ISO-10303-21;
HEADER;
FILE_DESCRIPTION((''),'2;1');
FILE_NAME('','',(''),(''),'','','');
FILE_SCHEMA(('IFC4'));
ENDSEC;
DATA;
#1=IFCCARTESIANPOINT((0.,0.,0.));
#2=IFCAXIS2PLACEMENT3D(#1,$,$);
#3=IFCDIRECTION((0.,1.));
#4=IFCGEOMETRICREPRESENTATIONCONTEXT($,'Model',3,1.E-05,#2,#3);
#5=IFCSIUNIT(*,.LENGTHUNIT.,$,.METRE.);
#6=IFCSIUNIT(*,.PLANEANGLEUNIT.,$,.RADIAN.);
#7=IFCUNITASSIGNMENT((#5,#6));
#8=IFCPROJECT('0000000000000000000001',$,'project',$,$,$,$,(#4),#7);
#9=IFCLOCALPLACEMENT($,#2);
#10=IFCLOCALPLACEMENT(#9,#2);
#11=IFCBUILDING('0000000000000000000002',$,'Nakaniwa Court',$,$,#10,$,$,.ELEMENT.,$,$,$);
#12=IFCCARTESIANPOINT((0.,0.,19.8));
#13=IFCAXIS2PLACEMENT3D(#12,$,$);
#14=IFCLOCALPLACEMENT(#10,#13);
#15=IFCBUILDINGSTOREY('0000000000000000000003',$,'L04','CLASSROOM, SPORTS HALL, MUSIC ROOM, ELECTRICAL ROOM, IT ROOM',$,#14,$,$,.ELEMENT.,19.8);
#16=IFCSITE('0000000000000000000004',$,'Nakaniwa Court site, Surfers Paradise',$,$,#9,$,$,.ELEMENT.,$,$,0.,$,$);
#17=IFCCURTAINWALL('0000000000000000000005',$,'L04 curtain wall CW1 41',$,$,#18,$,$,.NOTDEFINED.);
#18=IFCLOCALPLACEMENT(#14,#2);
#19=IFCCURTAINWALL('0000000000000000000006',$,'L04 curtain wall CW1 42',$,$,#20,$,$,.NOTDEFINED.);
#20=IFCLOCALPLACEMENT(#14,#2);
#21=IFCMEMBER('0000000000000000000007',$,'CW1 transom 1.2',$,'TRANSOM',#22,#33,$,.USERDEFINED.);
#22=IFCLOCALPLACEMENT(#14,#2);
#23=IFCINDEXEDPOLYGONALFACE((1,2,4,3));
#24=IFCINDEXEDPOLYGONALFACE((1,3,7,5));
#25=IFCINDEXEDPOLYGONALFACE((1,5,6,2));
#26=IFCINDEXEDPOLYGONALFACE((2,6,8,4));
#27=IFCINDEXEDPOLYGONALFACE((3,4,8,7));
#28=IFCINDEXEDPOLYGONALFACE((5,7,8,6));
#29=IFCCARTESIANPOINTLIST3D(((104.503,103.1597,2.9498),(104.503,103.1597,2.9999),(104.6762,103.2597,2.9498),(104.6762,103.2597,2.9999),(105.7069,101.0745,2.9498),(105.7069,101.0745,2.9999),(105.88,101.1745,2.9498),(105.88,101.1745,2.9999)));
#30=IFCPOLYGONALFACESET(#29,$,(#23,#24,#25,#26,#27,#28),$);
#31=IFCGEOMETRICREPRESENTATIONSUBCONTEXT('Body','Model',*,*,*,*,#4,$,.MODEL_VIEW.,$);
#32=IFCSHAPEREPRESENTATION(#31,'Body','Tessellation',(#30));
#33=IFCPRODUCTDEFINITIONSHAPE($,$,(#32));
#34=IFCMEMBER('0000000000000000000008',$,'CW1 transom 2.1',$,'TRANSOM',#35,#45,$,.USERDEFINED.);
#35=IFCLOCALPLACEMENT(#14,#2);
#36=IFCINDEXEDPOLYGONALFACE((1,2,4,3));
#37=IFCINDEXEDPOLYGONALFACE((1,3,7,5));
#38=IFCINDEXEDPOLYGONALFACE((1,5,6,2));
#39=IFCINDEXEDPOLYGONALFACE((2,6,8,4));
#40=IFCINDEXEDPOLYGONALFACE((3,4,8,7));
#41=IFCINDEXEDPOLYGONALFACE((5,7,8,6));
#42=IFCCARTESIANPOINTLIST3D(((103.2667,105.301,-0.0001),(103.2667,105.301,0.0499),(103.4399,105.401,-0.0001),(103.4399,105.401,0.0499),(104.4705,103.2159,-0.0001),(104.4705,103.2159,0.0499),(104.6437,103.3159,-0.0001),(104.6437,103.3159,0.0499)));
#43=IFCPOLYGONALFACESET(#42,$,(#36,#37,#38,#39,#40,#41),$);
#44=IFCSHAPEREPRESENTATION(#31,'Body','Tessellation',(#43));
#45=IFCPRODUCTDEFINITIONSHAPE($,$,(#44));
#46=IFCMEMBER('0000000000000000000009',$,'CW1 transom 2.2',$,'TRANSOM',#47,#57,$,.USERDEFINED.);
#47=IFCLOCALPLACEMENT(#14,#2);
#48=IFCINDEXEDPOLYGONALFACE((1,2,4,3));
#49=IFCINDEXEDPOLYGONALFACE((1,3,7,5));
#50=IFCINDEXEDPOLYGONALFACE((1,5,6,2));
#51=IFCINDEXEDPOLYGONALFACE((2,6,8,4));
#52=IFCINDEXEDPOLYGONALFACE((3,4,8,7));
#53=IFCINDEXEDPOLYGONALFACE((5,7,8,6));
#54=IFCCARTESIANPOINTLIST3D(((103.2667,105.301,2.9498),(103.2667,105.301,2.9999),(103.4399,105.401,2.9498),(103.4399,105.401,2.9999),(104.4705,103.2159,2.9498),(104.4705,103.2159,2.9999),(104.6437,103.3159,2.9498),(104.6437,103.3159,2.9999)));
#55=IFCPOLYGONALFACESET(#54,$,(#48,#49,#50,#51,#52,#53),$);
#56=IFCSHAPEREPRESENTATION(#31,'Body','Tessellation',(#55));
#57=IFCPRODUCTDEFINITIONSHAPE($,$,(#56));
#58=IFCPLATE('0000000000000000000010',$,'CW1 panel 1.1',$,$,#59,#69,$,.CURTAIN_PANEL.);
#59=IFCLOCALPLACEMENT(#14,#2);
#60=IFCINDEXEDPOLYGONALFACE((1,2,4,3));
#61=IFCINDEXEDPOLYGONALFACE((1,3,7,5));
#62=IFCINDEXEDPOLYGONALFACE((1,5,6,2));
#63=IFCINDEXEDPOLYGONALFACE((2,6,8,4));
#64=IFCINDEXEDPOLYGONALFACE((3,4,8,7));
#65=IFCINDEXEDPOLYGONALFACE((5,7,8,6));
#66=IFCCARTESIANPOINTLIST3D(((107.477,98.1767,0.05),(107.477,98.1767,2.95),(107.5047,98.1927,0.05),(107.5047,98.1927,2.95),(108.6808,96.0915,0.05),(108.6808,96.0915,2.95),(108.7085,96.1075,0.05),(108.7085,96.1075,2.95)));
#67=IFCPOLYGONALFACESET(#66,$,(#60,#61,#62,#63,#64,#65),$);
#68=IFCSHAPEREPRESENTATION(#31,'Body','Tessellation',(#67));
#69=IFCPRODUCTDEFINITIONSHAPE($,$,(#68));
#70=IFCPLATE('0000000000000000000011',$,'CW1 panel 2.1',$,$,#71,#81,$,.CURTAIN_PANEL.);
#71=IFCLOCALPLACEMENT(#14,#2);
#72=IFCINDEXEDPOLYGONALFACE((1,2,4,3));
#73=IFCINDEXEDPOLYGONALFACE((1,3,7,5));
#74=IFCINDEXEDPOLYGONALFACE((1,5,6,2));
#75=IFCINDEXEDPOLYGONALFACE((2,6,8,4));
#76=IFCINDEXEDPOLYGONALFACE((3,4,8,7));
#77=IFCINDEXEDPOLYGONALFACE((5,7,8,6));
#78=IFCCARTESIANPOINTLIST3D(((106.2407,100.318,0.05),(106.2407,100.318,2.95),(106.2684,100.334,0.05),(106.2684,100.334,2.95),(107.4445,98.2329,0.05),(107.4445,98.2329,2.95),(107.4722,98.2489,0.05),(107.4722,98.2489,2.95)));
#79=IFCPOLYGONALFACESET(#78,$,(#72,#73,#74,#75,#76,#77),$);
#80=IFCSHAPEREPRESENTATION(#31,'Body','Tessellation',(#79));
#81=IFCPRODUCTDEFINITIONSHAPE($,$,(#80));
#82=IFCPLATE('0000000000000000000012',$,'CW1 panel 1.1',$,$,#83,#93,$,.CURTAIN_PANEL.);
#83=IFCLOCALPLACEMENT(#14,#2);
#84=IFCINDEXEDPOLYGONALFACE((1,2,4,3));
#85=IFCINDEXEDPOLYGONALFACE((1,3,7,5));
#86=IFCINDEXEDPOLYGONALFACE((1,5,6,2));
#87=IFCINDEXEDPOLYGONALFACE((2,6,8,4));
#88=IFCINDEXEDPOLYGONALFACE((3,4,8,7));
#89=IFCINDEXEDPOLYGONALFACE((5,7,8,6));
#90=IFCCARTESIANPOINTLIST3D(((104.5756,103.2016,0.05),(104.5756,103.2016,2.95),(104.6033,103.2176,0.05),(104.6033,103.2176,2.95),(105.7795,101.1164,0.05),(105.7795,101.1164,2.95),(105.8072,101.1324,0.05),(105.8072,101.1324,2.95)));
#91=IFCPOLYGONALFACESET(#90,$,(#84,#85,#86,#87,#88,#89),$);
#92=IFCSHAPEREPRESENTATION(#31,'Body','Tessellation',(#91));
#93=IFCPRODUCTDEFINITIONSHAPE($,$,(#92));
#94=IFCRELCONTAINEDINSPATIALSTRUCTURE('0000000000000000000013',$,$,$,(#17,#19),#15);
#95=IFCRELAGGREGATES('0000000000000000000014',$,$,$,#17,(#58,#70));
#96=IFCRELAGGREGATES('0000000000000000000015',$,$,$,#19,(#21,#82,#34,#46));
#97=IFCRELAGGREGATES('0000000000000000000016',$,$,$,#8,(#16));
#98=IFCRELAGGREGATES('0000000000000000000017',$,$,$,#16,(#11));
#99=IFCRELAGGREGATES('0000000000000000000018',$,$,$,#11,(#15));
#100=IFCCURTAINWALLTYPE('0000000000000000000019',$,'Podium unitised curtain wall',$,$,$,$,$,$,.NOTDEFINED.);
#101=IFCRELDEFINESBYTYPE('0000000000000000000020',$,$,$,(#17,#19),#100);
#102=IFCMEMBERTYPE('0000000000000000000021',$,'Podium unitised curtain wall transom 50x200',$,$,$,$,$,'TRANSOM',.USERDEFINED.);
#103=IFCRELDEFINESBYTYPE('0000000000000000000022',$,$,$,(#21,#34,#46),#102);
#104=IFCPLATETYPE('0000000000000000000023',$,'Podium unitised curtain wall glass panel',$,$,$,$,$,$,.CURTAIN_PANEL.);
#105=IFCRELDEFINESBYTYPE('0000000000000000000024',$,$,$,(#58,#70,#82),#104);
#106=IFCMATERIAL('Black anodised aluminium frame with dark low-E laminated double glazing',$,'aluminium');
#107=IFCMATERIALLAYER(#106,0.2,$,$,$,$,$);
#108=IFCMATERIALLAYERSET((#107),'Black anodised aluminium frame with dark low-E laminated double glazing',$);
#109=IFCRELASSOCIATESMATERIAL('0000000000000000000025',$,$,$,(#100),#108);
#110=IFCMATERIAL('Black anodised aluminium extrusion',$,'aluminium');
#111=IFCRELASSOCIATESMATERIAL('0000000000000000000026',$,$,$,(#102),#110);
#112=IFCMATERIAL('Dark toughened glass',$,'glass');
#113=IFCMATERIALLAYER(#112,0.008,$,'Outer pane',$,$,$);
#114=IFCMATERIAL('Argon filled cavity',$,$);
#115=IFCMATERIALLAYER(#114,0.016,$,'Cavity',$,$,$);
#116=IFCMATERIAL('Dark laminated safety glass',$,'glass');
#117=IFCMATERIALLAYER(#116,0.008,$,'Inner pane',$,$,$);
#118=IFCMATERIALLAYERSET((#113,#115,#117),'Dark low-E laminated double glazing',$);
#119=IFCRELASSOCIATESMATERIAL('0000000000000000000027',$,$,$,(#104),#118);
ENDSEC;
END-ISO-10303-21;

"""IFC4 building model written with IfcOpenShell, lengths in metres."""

from ifc_helpers import new_model, si_unit, direction, frame, origin, origin_2d, place, context, subcontext, project, spatial, rectangle, extrude, material, layer, layer_set, material_profile, profile_set, type_object, element, aggregate, save


model = new_model("IFC4")

# Units and contexts
model_context = context("Model", 3, precision=1e-05, world=origin(), true_north=direction((0.0, 1.0)))
body_context = subcontext(model_context, "Body", "Model", "MODEL_VIEW")
ifc_project = project(units=[si_unit("LENGTHUNIT", "METRE"), si_unit("PLANEANGLEUNIT", "RADIAN")], contexts=[model_context])

# Site, building, storey
site_placement = place(None, origin())
site = spatial("IfcSite", under=ifc_project, at=site_placement, Name="Nakaniwa Court site, Surfers Paradise", CompositionType="ELEMENT", RefElevation=0.0)
building_placement = place(site_placement, origin())
building = spatial("IfcBuilding", under=site, at=building_placement, Name="Nakaniwa Court", CompositionType="ELEMENT")
storey_placement = place(building_placement, frame((0.0, 0.0, 19.8)))
storey = spatial("IfcBuildingStorey", under=building, at=storey_placement, Name="L04", Description="CLASSROOM, SPORTS HALL, MUSIC ROOM, ELECTRICAL ROOM, IT ROOM", CompositionType="ELEMENT", Elevation=19.8)

# Curtain walls
ifc_material_1 = material(Name="Black anodised aluminium frame with dark low-E laminated double glazing", Category="aluminium")
ifc_layer_1 = layer(ifc_material_1, 0.2)
ifc_layer_set_1 = layer_set([ifc_layer_1], Name="Black anodised aluminium frame with dark low-E laminated double glazing")
curtain_wall_type = type_object("IfcCurtainWallType", Name="Podium unitised curtain wall", PredefinedType="NOTDEFINED", material=ifc_layer_set_1)
curtain_wall_1_placement = place(storey_placement, origin())
curtain_wall_1 = element("IfcCurtainWall", 1, at=curtain_wall_1_placement, inside=storey, type_object=curtain_wall_type, Name="L04 curtain wall CW1 41", PredefinedType="NOTDEFINED")
ifc_material_2 = material(Name="Black anodised aluminium extrusion", Category="aluminium")
curtain_wall_2_placement = place(storey_placement, origin())
curtain_wall_2 = element("IfcCurtainWall", 2, at=curtain_wall_2_placement, inside=storey, type_object=curtain_wall_type, Name="L04 curtain wall CW1 42", PredefinedType="NOTDEFINED")

# Members
ifc_material_profile_1 = material_profile(ifc_material_2, rectangle(XDim=0.2, YDim=0.05, at=origin_2d()), Name="Podium unitised curtain wall transom 50x200")
ifc_profile_set_1 = profile_set([ifc_material_profile_1], Name="Black anodised aluminium extrusion")
member_type_1 = type_object("IfcMemberType", Name="Podium unitised curtain wall transom 50x200", ElementType="TRANSOM", PredefinedType="USERDEFINED", material=ifc_profile_set_1)
member_1_placement = place(storey_placement, frame((105.7935, 101.1245, 2.9749), z_axis=(-0.499989, 0.866032, 0.0), x_axis=(-0.866032, -0.499989, 0.0)))
member_1 = element("IfcMember", 3, at=member_1_placement, type_object=member_type_1, Name="CW1 transom 1.2", ObjectType="TRANSOM", PredefinedType="USERDEFINED", context=body_context, shape_type="SweptSolid", body=[
    extrude(rectangle(XDim=0.2, YDim=0.05, at=origin_2d()), origin(), (0.0, 0.0, 1.0), 2.4077),
])
member_2_placement = place(storey_placement, frame((104.5571, 103.2659, 0.0249), z_axis=(-0.499989, 0.866032, 0.0), x_axis=(-0.866032, -0.499989, 0.0)))
member_2 = element("IfcMember", 4, at=member_2_placement, type_object=member_type_1, Name="CW1 transom 2.1", ObjectType="TRANSOM", PredefinedType="USERDEFINED", context=body_context, shape_type="SweptSolid", body=[
    extrude(rectangle(XDim=0.2, YDim=0.05, at=origin_2d()), origin(), (0.0, 0.0, 1.0), 2.4077),
])
member_3_placement = place(storey_placement, frame((104.5571, 103.2659, 2.9749), z_axis=(-0.499989, 0.866032, 0.0), x_axis=(-0.866032, -0.499989, 0.0)))
member_3 = element("IfcMember", 5, at=member_3_placement, type_object=member_type_1, Name="CW1 transom 2.2", ObjectType="TRANSOM", PredefinedType="USERDEFINED", context=body_context, shape_type="SweptSolid", body=[
    extrude(rectangle(XDim=0.2, YDim=0.05, at=origin_2d()), origin(), (0.0, 0.0, 1.0), 2.4077),
])

# Plates
ifc_material_3 = material(Name="Dark toughened glass", Category="glass")
ifc_layer_2 = layer(ifc_material_3, 0.008, Name="Outer pane")
ifc_material_4 = material(Name="Argon filled cavity")
ifc_layer_3 = layer(ifc_material_4, 0.016, Name="Cavity")
ifc_material_5 = material(Name="Dark laminated safety glass", Category="glass")
ifc_layer_4 = layer(ifc_material_5, 0.008, Name="Inner pane")
ifc_layer_set_2 = layer_set([ifc_layer_2, ifc_layer_3, ifc_layer_4], Name="Dark low-E laminated double glazing")
plate_type = type_object("IfcPlateType", Name="Podium unitised curtain wall glass panel", PredefinedType="CURTAIN_PANEL", material=ifc_layer_set_2)
plate_1_placement = place(storey_placement, frame((108.0928, 97.1421, 0.05), z_axis=(0.0, 0.0, 1.0), x_axis=(-0.499994, 0.866029, 0.0)))
plate_1 = element("IfcPlate", 6, at=plate_1_placement, type_object=plate_type, Name="CW1 panel 1.1", PredefinedType="CURTAIN_PANEL", context=body_context, shape_type="SweptSolid", body=[
    extrude(rectangle(XDim=2.4077, YDim=0.032, at=origin_2d()), origin(), (0.0, 0.0, 1.0), 2.8999),
])
plate_2_placement = place(storey_placement, frame((106.8564, 99.2834, 0.05), z_axis=(0.0, 0.0, 1.0), x_axis=(-0.499994, 0.866029, 0.0)))
plate_2 = element("IfcPlate", 7, at=plate_2_placement, type_object=plate_type, Name="CW1 panel 2.1", PredefinedType="CURTAIN_PANEL", context=body_context, shape_type="SweptSolid", body=[
    extrude(rectangle(XDim=2.4077, YDim=0.032, at=origin_2d()), origin(), (0.0, 0.0, 1.0), 2.8999),
])
aggregate(curtain_wall_1, [plate_1, plate_2])
plate_3_placement = place(storey_placement, frame((105.1914, 102.167, 0.05), z_axis=(0.0, 0.0, 1.0), x_axis=(-0.499988, 0.866032, 0.0)))
plate_3 = element("IfcPlate", 8, at=plate_3_placement, type_object=plate_type, Name="CW1 panel 1.1", PredefinedType="CURTAIN_PANEL", context=body_context, shape_type="SweptSolid", body=[
    extrude(rectangle(XDim=2.4077, YDim=0.032, at=origin_2d()), origin(), (0.0, 0.0, 1.0), 2.8999),
])
aggregate(curtain_wall_2, [member_1, plate_3, member_2, member_3])

save(model, "model.ifc")
